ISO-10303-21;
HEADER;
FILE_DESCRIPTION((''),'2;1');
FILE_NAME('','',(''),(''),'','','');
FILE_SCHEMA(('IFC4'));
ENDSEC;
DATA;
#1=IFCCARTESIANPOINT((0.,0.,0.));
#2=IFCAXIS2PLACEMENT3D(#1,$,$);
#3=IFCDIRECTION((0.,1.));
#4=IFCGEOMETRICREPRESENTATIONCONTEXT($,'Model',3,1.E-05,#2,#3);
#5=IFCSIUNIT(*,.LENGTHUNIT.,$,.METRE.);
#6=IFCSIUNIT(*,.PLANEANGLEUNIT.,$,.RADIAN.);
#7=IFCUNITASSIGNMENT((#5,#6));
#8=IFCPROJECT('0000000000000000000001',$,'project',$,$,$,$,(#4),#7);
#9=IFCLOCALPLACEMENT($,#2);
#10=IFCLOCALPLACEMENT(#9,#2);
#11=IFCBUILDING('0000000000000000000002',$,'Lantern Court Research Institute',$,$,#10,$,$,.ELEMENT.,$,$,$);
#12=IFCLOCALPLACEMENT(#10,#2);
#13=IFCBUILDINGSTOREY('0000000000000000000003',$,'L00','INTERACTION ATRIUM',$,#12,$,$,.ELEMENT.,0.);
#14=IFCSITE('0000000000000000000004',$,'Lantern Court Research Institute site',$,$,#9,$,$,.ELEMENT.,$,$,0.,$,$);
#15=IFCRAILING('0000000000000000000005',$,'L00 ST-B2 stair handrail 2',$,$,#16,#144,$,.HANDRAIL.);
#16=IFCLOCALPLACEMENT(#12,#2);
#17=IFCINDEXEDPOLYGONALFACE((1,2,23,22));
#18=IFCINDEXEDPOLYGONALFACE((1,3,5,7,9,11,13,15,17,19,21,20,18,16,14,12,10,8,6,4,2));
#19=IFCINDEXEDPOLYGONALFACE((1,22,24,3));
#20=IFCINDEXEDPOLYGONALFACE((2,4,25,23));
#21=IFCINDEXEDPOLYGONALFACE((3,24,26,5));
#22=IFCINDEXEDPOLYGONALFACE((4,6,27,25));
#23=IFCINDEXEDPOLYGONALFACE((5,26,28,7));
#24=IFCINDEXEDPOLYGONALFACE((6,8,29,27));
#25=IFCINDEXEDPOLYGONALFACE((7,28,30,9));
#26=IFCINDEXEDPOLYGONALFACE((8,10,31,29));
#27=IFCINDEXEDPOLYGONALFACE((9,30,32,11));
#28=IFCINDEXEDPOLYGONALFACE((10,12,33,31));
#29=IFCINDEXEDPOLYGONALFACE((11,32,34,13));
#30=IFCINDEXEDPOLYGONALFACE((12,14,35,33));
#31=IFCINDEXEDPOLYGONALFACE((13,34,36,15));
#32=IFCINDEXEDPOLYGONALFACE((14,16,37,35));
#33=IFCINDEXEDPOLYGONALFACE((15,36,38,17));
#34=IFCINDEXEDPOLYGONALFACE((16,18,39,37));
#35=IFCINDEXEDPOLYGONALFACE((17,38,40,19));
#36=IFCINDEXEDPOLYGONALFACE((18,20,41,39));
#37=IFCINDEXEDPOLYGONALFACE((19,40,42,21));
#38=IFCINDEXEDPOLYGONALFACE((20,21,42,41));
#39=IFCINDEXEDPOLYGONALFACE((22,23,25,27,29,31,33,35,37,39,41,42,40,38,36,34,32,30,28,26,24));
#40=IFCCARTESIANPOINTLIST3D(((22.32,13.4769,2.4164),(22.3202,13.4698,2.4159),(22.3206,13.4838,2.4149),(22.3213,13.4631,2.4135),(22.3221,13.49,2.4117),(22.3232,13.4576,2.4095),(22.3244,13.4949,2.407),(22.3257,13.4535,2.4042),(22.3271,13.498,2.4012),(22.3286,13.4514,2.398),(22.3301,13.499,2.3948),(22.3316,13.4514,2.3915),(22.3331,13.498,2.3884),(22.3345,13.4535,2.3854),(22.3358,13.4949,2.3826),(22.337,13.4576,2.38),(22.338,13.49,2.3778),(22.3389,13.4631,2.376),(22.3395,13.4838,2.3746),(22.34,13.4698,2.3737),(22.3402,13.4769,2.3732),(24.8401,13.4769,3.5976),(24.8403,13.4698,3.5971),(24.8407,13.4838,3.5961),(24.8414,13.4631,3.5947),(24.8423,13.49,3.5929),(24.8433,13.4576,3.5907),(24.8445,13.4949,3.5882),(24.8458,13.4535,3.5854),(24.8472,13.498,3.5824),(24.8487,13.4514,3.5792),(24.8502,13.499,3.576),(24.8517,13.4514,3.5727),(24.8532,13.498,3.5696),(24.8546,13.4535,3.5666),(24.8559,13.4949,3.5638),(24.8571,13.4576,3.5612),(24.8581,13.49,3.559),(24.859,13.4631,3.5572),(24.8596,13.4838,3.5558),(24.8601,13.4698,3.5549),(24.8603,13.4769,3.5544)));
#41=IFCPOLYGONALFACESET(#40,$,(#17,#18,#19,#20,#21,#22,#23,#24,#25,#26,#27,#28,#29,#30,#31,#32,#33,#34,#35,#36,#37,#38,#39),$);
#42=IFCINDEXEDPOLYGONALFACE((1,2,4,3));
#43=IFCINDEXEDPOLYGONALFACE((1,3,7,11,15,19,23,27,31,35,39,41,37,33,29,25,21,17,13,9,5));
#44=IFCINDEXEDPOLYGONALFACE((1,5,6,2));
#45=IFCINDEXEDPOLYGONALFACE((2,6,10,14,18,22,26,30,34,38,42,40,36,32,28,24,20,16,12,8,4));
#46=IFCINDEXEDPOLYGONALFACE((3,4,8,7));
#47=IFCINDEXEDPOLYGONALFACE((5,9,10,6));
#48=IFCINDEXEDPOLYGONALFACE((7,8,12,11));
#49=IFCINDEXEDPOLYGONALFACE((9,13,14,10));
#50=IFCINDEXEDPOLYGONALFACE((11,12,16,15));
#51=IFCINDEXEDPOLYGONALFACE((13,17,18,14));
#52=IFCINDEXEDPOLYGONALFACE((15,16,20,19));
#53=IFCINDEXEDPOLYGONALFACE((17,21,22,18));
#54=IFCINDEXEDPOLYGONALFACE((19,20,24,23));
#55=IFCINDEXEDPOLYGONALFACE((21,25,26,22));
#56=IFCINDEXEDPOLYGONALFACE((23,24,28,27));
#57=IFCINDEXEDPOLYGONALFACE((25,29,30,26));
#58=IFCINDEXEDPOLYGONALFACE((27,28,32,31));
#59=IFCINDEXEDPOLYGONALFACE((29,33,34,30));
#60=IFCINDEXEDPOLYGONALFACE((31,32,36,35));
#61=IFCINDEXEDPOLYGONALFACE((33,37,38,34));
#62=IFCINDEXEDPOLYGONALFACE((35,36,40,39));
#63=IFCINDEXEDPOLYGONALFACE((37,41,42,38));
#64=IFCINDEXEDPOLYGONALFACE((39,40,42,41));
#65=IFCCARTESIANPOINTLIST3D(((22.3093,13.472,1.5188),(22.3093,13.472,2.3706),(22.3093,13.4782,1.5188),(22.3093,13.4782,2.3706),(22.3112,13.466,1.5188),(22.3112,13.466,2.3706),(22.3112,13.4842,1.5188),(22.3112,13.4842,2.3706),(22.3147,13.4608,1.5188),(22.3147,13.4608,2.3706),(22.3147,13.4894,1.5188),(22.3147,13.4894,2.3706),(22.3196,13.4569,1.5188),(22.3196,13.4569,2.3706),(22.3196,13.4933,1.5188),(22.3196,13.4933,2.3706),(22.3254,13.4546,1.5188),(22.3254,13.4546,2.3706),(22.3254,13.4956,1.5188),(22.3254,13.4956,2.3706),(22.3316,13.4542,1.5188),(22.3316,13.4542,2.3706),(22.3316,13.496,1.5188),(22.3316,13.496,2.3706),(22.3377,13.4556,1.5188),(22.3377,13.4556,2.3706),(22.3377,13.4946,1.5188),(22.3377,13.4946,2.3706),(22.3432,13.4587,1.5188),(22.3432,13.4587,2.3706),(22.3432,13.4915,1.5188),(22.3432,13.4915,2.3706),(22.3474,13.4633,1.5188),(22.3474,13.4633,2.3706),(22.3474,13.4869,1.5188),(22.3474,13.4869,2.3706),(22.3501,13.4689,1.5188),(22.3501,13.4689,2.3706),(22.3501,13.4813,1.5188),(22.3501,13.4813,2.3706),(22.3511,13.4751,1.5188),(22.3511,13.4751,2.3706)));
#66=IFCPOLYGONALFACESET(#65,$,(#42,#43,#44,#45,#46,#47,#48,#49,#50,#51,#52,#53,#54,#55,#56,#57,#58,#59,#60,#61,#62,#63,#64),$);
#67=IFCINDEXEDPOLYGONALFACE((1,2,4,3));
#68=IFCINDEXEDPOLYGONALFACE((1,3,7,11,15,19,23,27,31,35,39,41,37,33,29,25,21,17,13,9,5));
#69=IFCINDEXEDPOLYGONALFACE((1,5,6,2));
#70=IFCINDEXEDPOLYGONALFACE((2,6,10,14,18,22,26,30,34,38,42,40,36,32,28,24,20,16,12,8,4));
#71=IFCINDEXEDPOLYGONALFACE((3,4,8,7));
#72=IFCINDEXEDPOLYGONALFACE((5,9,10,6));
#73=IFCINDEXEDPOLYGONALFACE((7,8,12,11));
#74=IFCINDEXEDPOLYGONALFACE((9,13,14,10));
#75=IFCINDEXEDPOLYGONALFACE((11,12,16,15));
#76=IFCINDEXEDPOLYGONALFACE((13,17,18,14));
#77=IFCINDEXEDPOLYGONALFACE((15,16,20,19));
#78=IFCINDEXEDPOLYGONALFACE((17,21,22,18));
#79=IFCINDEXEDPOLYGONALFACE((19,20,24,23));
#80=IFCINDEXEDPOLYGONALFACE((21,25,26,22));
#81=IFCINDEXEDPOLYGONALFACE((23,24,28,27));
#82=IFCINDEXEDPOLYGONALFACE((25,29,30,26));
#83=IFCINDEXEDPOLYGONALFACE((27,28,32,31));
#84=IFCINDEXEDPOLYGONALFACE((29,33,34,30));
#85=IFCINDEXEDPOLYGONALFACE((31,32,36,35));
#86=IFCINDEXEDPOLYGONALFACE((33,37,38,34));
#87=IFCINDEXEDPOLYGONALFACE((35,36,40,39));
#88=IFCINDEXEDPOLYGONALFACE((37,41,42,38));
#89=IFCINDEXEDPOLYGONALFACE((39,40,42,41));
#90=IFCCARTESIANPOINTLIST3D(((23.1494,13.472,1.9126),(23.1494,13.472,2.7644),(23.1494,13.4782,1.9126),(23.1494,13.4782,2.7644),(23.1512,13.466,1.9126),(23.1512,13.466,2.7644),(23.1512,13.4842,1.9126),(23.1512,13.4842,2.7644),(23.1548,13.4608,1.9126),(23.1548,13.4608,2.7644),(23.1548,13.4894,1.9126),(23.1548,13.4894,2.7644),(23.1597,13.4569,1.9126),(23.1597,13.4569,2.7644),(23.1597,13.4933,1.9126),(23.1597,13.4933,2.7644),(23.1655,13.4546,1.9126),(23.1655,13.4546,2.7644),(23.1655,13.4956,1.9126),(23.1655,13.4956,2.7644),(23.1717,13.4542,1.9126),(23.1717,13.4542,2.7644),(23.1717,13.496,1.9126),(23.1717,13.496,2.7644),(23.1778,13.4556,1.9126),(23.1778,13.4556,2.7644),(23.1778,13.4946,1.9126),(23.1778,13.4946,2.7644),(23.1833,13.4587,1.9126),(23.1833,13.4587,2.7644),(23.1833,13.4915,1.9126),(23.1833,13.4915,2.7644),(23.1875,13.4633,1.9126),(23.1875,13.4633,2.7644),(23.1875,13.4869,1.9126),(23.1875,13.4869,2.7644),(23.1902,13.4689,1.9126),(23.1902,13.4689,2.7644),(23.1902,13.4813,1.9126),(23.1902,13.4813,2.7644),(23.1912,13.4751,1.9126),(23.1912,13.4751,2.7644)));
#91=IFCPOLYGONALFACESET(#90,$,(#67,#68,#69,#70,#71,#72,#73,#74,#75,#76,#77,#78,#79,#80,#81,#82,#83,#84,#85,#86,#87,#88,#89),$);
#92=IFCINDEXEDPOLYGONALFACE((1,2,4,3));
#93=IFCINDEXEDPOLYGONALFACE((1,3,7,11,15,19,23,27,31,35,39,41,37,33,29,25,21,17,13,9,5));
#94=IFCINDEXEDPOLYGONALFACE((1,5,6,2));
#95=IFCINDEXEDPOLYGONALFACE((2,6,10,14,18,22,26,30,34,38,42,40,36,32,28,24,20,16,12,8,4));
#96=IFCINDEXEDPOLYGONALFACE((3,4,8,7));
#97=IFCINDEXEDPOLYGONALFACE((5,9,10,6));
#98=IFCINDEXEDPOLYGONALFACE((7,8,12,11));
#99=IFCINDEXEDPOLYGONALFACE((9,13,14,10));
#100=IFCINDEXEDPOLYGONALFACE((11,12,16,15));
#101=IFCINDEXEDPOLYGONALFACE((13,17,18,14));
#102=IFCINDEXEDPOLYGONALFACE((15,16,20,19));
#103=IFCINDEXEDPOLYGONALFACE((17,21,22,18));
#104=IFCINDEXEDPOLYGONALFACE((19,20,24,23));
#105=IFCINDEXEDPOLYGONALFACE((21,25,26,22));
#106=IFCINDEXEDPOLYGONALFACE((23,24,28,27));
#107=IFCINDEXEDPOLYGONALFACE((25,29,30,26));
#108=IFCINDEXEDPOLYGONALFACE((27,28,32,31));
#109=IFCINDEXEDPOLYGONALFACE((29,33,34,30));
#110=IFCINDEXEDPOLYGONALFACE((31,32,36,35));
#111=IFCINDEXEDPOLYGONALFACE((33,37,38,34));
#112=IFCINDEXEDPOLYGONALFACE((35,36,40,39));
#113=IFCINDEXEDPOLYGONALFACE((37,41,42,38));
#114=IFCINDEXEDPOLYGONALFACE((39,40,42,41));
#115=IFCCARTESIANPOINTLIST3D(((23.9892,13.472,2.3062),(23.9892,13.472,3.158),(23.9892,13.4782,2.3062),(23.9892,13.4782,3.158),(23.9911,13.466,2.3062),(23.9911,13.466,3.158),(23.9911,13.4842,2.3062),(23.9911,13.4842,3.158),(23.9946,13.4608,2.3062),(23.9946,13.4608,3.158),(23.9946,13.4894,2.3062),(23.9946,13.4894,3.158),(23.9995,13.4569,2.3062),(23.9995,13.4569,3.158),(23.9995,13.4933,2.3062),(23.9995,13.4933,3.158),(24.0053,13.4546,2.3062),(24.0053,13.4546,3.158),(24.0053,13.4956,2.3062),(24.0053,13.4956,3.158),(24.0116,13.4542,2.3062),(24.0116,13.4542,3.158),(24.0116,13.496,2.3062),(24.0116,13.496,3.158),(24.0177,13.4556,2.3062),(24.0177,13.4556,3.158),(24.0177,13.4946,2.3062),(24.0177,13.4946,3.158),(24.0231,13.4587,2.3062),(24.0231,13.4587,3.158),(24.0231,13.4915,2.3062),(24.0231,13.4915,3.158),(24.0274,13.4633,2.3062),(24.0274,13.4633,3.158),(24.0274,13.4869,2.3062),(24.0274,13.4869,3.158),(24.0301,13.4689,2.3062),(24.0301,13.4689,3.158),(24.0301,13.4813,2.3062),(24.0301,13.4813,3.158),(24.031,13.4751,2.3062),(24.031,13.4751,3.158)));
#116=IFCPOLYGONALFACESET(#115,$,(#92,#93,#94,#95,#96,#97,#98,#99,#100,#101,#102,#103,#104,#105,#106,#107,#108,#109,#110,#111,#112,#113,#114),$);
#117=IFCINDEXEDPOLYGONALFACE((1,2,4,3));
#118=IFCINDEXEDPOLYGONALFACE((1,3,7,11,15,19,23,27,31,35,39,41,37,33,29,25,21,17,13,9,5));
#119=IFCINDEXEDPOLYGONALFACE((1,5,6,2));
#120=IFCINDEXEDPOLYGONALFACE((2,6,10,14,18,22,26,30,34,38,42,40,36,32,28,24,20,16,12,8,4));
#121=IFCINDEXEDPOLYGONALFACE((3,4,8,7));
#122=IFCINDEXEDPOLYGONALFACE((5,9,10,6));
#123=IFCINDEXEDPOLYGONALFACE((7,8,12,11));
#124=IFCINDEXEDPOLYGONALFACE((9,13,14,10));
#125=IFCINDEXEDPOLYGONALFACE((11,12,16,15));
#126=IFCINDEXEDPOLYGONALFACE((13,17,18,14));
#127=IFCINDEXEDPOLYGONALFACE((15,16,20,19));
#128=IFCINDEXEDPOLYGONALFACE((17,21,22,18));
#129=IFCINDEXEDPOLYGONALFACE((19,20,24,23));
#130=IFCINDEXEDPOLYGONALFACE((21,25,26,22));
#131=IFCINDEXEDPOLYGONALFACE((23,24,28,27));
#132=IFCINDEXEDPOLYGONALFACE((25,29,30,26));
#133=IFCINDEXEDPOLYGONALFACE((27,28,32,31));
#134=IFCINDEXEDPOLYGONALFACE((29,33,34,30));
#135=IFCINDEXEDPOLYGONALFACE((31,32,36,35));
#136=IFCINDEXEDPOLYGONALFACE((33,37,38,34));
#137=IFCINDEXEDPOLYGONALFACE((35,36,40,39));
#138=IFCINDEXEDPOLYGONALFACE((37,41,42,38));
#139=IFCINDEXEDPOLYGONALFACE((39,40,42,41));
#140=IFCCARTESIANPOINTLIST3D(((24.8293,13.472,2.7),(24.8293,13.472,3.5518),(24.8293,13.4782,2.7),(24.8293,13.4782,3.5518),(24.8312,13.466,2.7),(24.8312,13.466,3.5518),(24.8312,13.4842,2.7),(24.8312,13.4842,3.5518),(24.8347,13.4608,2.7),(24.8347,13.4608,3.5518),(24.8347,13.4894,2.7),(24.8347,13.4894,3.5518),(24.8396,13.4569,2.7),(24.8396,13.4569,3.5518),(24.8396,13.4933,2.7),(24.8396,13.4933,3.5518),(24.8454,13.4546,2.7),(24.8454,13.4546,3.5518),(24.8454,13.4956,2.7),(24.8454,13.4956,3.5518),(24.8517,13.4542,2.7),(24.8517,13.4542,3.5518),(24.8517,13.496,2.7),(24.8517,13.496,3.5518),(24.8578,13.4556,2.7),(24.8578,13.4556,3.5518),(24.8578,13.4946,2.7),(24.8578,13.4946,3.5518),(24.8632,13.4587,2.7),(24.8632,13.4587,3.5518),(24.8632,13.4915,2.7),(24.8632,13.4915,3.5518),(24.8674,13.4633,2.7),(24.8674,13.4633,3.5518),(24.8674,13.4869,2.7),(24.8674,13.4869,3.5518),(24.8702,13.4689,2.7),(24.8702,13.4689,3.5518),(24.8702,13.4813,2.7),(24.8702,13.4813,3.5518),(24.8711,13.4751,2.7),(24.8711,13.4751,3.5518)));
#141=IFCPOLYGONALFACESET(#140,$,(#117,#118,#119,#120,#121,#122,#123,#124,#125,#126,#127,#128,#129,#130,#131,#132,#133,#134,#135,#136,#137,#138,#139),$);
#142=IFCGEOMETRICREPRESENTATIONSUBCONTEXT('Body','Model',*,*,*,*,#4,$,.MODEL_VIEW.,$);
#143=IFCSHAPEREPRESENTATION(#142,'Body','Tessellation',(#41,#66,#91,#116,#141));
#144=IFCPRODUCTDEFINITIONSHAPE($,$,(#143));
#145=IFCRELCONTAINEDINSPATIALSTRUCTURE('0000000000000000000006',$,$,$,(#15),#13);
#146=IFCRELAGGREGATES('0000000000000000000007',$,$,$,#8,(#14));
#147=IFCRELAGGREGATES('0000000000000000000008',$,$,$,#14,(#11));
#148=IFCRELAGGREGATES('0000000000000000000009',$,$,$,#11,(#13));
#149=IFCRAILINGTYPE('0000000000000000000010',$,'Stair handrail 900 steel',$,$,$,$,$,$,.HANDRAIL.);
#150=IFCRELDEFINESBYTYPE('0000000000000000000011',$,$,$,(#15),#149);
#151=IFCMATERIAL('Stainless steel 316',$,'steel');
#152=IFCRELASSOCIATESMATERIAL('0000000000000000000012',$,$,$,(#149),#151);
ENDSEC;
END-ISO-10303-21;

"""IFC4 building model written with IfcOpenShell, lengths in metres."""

from ifc_helpers import new_model, si_unit, direction, frame, origin, origin_2d, place, context, subcontext, project, spatial, circle, extrude, material, type_object, element, save


model = new_model("IFC4")

# Units and contexts
model_context = context("Model", 3, precision=1e-05, world=origin(), true_north=direction((0.0, 1.0)))
body_context = subcontext(model_context, "Body", "Model", "MODEL_VIEW")
ifc_project = project(units=[si_unit("LENGTHUNIT", "METRE"), si_unit("PLANEANGLEUNIT", "RADIAN")], contexts=[model_context])

# Site, building, storey
site_placement = place(None, origin())
site = spatial("IfcSite", under=ifc_project, at=site_placement, Name="Lantern Court Research Institute site", CompositionType="ELEMENT", RefElevation=0.0)
building_placement = place(site_placement, origin())
building = spatial("IfcBuilding", under=site, at=building_placement, Name="Lantern Court Research Institute", CompositionType="ELEMENT")
storey_placement = place(building_placement, origin())
storey = spatial("IfcBuildingStorey", under=building, at=storey_placement, Name="L00", Description="INTERACTION ATRIUM", CompositionType="ELEMENT", Elevation=0.0)

# Railing
ifc_material_1 = material(Name="Stainless steel 316", Category="steel")
railing_type_1 = type_object("IfcRailingType", Name="Stair handrail 900 steel", PredefinedType="HANDRAIL", material=ifc_material_1)
for number, where, name in (
    (1, (22.3301, 13.4751, 1.5188), "L00 ST-B2 stair handrail 2"),
):
    element("IfcRailing", number, at=place(storey_placement, frame(where)), inside=storey, type_object=railing_type_1, Name=name, PredefinedType="HANDRAIL", context=body_context, shape_type="SweptSolid", body=[
        extrude(circle(Radius=0.0239, at=origin_2d()), frame((0.0, 0.0, 0.876), z_axis=(0.905474, 0.0, 0.424402), x_axis=(0.0, 1.0, 0.0)), (0.0, 0.0, 1.0), 2.7832),
        extrude(circle(Radius=0.021, at=origin_2d()), origin(), (0.0, 0.0, 1.0), 0.8518),
        extrude(circle(Radius=0.021, at=origin_2d()), frame((0.8401, 0.0, 0.3938)), (0.0, 0.0, 1.0), 0.8518),
        extrude(circle(Radius=0.021, at=origin_2d()), frame((1.6799, 0.0, 0.7874)), (0.0, 0.0, 1.0), 0.8518),
        extrude(circle(Radius=0.021, at=origin_2d()), frame((2.52, 0.0, 1.1812)), (0.0, 0.0, 1.0), 0.8518),
    ])

save(model, "model.ifc")
